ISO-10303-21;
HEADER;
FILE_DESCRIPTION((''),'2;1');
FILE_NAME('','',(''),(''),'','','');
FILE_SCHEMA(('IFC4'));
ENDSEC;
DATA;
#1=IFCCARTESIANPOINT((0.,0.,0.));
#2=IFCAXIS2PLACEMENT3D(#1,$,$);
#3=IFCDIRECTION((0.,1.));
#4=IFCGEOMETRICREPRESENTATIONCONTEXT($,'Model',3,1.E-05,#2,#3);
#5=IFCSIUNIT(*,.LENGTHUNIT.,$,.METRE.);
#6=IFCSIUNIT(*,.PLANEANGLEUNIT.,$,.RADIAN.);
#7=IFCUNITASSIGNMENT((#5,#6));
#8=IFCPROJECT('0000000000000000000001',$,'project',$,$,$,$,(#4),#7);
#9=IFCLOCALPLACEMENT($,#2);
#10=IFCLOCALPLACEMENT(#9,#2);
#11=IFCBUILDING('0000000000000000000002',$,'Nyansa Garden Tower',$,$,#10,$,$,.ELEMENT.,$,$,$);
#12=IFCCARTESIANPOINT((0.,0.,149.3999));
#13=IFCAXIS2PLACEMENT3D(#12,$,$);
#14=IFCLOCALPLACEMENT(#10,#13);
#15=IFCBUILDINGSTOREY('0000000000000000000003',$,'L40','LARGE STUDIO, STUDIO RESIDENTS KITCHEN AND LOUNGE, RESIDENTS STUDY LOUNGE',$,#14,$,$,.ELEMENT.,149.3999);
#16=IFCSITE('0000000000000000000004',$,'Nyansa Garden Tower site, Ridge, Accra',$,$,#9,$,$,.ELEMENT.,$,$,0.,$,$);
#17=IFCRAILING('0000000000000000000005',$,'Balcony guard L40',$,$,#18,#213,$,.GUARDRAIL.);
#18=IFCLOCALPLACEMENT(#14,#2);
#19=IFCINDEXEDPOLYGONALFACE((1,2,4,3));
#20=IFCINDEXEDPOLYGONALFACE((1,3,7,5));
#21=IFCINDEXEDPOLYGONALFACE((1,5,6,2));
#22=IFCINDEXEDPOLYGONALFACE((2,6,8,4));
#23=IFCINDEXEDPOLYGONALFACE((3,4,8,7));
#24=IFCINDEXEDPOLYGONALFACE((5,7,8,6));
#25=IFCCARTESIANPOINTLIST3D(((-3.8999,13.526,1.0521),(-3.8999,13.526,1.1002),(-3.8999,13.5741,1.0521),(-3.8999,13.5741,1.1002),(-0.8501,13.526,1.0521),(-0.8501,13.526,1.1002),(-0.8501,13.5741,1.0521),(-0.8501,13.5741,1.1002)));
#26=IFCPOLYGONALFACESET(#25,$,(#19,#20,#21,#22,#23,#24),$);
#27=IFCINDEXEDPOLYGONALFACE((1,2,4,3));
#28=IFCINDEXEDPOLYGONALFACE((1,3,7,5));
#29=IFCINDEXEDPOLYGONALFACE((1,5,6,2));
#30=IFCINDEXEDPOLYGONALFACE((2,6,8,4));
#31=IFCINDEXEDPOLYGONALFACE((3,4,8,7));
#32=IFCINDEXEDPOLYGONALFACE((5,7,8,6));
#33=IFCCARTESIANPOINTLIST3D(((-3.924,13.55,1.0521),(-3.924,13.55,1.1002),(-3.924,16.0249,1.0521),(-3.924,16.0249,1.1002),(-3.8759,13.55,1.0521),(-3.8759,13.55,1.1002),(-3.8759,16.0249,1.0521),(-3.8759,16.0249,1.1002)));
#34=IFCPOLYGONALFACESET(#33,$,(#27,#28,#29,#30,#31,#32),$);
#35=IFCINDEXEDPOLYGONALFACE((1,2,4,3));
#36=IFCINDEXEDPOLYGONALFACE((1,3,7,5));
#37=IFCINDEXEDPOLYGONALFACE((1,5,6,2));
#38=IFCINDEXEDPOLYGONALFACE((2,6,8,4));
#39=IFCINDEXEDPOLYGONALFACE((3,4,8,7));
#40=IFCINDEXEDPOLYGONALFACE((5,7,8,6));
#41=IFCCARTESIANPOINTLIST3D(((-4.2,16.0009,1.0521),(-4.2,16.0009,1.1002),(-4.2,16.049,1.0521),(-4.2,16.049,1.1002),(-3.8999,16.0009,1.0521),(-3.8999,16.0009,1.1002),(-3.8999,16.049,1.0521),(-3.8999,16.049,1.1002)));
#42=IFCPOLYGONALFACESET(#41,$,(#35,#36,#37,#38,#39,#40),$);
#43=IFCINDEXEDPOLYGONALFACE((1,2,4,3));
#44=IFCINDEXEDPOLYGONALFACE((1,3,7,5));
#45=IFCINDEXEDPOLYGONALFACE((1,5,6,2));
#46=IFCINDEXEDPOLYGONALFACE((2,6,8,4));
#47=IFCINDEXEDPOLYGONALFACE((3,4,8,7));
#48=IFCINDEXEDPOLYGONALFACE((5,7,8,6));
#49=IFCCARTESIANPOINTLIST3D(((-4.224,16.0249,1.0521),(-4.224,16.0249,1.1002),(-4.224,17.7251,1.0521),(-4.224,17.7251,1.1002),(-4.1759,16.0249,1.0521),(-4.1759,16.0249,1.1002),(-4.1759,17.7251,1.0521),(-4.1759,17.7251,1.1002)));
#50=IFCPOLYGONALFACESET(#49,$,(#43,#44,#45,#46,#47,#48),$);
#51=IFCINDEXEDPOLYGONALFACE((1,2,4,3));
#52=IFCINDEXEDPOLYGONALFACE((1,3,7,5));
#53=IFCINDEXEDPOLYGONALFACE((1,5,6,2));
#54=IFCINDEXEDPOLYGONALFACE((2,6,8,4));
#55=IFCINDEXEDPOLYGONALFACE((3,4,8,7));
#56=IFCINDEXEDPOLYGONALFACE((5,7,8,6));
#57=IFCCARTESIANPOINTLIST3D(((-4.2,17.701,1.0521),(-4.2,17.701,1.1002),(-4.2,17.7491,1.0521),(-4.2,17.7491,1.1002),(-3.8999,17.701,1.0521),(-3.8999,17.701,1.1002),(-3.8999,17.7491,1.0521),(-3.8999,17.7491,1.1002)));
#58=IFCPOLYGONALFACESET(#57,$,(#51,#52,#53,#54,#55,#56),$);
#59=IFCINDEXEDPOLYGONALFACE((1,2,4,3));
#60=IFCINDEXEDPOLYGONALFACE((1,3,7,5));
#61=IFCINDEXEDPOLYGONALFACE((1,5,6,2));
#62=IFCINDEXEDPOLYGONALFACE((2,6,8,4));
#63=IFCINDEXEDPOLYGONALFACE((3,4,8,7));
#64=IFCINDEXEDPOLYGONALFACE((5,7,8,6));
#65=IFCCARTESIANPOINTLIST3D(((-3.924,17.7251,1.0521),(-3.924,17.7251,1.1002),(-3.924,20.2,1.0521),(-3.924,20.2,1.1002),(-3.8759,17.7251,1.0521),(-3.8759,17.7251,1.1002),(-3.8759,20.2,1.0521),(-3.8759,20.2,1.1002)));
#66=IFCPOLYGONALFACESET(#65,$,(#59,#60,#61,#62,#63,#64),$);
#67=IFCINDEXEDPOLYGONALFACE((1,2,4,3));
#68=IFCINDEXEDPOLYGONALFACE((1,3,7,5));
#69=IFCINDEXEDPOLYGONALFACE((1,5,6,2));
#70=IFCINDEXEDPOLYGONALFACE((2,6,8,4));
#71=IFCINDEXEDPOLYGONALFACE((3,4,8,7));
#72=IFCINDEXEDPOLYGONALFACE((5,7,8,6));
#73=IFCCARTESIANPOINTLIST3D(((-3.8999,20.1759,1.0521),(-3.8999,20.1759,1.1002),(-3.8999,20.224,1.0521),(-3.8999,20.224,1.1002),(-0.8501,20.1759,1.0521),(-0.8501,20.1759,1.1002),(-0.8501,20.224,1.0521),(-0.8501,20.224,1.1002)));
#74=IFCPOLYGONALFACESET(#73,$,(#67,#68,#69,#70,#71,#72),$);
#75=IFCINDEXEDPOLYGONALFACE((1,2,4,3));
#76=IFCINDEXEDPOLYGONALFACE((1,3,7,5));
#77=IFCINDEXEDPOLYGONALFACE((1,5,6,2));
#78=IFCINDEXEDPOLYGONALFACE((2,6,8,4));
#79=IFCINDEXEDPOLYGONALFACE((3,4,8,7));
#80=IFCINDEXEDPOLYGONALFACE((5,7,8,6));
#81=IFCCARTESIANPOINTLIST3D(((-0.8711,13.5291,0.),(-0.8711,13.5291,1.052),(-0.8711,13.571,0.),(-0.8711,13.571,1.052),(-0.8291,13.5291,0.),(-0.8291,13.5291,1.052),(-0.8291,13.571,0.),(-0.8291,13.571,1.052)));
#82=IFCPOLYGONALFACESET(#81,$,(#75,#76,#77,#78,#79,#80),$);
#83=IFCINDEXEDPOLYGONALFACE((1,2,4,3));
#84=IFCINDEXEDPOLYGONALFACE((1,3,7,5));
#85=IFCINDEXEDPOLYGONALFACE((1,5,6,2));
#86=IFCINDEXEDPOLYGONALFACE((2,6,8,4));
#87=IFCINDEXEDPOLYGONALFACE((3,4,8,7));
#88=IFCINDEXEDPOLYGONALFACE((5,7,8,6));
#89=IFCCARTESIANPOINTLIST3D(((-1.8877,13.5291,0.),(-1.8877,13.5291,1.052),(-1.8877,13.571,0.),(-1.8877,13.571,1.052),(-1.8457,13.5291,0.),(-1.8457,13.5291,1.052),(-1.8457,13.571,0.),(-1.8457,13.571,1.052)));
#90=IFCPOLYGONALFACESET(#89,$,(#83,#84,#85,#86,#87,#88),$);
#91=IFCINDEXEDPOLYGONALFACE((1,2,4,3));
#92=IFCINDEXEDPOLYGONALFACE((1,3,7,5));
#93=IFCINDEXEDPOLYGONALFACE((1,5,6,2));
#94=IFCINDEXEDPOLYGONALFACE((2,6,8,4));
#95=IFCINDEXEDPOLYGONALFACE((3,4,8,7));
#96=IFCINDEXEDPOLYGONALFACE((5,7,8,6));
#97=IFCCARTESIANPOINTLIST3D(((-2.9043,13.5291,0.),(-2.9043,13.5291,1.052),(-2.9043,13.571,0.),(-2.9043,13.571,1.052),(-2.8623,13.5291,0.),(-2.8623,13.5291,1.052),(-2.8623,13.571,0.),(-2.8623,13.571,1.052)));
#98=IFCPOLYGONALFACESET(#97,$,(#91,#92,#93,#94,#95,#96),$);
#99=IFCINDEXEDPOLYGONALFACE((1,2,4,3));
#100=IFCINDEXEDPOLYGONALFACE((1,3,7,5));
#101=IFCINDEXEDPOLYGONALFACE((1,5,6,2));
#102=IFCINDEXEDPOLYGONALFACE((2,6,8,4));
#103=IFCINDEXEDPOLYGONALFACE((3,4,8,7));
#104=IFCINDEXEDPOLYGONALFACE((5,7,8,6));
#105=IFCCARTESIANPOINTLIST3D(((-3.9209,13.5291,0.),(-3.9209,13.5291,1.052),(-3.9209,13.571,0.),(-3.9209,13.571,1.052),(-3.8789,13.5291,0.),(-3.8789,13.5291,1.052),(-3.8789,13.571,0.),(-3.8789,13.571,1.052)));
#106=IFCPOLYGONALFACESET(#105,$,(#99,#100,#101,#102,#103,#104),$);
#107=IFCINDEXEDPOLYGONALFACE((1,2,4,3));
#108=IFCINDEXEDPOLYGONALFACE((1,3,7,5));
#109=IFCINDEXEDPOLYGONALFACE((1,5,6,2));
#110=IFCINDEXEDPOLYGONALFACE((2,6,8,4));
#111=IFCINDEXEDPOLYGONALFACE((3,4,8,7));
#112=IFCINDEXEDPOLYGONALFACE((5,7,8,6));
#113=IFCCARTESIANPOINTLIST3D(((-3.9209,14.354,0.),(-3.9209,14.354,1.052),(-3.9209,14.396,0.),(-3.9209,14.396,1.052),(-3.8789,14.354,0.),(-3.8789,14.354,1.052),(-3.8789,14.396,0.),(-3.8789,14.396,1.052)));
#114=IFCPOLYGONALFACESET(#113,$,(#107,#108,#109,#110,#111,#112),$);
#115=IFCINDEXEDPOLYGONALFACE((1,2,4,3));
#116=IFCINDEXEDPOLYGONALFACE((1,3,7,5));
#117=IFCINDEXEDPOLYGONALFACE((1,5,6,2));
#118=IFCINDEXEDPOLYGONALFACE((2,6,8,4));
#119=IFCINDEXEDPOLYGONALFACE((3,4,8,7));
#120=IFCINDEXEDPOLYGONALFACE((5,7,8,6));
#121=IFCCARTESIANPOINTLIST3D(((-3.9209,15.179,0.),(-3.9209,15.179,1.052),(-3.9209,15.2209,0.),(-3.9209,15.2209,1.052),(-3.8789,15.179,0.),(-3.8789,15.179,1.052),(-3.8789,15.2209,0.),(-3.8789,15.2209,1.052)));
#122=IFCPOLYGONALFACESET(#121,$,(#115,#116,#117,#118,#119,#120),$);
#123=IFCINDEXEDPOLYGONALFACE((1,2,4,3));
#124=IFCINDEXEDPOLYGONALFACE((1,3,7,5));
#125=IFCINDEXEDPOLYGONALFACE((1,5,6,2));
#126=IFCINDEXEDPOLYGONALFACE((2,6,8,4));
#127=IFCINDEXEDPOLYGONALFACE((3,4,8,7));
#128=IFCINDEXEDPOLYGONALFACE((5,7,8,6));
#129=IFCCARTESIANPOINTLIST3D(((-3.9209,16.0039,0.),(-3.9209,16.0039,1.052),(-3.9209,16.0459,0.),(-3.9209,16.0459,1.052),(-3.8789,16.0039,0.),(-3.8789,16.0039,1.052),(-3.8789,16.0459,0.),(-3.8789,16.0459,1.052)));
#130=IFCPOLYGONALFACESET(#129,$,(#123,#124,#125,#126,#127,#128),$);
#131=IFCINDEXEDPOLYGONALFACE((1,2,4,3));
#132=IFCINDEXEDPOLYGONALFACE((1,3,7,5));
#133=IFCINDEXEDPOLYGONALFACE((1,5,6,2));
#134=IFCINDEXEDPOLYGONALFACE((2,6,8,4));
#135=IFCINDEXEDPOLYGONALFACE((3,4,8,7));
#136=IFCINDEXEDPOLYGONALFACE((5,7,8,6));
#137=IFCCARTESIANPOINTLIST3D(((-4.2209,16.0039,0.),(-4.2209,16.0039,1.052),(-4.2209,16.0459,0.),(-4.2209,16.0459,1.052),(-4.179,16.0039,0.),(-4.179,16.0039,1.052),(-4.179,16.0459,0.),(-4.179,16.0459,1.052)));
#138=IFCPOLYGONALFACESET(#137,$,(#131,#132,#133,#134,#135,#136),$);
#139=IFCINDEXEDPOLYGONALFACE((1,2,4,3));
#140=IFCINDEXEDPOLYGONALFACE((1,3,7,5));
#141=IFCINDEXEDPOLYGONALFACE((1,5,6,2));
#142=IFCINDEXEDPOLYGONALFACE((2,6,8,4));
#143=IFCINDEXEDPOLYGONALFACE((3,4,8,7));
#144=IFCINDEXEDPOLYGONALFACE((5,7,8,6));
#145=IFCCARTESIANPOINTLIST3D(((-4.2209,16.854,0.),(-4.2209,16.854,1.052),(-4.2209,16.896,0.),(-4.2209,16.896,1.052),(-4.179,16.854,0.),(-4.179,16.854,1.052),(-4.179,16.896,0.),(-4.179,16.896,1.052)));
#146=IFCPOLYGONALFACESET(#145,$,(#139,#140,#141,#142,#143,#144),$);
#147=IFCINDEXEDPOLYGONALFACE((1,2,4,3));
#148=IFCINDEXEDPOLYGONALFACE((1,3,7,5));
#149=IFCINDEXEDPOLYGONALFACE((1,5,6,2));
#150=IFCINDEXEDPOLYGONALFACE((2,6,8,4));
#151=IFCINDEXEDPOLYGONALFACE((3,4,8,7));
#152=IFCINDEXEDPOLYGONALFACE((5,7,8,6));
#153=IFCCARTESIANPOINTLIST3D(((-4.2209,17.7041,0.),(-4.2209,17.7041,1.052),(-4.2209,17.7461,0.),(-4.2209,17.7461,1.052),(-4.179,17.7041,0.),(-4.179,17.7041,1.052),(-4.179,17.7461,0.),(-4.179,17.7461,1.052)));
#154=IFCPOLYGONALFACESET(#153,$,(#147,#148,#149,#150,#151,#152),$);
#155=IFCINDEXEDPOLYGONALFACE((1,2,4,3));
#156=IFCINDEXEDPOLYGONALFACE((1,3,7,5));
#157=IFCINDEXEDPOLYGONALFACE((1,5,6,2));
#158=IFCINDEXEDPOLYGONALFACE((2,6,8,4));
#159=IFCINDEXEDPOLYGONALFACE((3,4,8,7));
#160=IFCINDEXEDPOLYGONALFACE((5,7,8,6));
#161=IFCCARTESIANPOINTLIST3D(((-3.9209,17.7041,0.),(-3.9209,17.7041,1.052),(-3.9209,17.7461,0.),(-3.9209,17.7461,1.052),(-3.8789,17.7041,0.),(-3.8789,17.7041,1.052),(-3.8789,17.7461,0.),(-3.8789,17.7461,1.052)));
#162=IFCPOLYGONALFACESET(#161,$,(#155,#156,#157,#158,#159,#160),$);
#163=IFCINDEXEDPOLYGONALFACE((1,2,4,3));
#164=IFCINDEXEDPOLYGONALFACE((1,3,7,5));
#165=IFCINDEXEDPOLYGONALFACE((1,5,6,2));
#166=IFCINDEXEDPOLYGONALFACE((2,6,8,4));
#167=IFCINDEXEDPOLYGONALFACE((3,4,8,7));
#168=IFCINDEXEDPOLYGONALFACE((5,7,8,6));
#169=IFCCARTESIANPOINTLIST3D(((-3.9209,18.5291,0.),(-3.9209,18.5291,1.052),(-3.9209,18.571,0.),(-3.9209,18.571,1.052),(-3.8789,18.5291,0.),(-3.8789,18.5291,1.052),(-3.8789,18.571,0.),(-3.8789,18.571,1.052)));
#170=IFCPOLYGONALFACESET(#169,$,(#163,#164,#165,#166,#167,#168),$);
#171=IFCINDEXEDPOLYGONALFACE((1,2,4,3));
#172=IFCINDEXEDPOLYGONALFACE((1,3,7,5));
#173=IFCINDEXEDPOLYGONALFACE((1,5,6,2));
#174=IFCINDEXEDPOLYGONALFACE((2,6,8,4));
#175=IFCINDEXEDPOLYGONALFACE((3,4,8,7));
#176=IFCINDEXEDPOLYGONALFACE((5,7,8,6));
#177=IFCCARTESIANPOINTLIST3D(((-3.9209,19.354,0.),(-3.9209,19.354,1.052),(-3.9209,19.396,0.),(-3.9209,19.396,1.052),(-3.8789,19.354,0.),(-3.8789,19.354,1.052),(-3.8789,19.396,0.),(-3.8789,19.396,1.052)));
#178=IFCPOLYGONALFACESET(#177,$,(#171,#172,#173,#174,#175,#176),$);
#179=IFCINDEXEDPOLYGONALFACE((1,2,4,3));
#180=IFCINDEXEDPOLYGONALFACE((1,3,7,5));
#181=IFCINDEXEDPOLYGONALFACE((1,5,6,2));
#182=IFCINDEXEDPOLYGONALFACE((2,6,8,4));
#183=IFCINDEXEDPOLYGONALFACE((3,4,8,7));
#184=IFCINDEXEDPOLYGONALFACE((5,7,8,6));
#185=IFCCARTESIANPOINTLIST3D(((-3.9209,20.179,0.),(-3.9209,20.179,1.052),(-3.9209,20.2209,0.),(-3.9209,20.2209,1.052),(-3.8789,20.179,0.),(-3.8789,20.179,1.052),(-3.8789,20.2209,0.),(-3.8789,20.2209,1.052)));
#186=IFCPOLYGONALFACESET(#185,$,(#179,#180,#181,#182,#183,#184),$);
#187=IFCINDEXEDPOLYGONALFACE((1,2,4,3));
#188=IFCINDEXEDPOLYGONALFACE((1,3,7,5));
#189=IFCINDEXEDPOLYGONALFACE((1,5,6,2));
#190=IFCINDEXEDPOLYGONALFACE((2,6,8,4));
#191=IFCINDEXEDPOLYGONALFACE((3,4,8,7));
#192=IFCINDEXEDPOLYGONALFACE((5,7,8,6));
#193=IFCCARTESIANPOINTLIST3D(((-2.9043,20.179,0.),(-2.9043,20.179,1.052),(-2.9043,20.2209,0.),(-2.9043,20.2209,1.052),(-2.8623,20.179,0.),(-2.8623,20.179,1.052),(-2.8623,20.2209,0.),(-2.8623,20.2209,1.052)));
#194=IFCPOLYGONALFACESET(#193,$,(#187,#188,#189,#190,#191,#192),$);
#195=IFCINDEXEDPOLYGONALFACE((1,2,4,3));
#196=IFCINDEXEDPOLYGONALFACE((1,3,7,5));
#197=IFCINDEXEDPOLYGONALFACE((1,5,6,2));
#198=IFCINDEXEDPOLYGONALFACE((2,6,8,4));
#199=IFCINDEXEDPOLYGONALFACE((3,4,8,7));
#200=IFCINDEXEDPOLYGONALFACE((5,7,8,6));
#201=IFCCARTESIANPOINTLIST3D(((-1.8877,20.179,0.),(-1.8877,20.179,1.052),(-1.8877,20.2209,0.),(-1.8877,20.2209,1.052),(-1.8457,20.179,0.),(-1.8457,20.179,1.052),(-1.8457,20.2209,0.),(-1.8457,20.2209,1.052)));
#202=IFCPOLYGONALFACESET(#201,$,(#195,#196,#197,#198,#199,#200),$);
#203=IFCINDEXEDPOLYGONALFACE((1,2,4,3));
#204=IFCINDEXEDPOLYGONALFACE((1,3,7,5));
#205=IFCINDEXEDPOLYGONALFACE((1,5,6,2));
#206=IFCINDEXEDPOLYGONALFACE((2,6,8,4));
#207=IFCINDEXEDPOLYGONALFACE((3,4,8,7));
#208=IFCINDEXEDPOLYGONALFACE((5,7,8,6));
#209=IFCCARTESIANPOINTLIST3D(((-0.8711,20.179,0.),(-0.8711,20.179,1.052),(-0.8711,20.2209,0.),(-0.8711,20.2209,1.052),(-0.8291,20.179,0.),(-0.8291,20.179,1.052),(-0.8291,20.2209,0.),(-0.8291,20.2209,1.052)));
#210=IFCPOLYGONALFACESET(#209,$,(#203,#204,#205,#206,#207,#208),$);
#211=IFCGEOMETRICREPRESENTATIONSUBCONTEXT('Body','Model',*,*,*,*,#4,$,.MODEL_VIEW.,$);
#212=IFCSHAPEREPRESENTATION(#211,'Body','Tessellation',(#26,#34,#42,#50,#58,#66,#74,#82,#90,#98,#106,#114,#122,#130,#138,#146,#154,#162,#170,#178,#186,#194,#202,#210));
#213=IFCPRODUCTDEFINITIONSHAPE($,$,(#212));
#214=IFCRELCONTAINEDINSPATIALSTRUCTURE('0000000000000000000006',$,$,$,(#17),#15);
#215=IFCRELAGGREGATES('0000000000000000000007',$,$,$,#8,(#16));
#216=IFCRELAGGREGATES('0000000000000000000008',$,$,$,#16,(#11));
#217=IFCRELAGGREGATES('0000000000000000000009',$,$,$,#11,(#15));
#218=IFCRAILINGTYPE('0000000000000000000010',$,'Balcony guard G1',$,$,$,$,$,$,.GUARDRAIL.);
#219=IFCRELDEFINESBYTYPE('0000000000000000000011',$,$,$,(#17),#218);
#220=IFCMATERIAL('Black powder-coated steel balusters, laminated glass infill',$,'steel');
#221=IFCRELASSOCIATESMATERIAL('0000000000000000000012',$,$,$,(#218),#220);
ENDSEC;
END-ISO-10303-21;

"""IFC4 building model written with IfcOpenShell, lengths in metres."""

from ifc_helpers import new_model, si_unit, direction, frame, origin, origin_2d, place, context, subcontext, project, spatial, rectangle, extrude, material, type_object, element, save


model = new_model("IFC4")

# Units and contexts
model_context = context("Model", 3, precision=1e-05, world=origin(), true_north=direction((0.0, 1.0)))
body_context = subcontext(model_context, "Body", "Model", "MODEL_VIEW")
ifc_project = project(units=[si_unit("LENGTHUNIT", "METRE"), si_unit("PLANEANGLEUNIT", "RADIAN")], contexts=[model_context])

# Site, building, storey
site_placement = place(None, origin())
site = spatial("IfcSite", under=ifc_project, at=site_placement, Name="Nyansa Garden Tower site, Ridge, Accra", CompositionType="ELEMENT", RefElevation=0.0)
building_placement = place(site_placement, origin())
building = spatial("IfcBuilding", under=site, at=building_placement, Name="Nyansa Garden Tower", CompositionType="ELEMENT")
storey_placement = place(building_placement, frame((0.0, 0.0, 149.3999)))
storey = spatial("IfcBuildingStorey", under=building, at=storey_placement, Name="L40", Description="LARGE STUDIO, STUDIO RESIDENTS KITCHEN AND LOUNGE, RESIDENTS STUDY LOUNGE", CompositionType="ELEMENT", Elevation=149.3999)

# Railing
ifc_material_1 = material(Name="Black powder-coated steel balusters, laminated glass infill", Category="steel")
railing_type = type_object("IfcRailingType", Name="Balcony guard G1", PredefinedType="GUARDRAIL", material=ifc_material_1)
railing_placement = place(storey_placement, frame((-0.8501, 13.55, 0.0)))
element("IfcRailing", 1, at=railing_placement, inside=storey, type_object=railing_type, Name="Balcony guard L40", PredefinedType="GUARDRAIL", context=body_context, shape_type="SweptSolid", body=[
    extrude(rectangle(XDim=0.0481, YDim=0.0481, at=origin_2d()), frame((0.0, 0.0, 1.0762), z_axis=(-1.0, 0.0, 0.0), x_axis=(0.0, -1.0, 0.0)), (0.0, 0.0, 1.0), 3.0498),
    extrude(rectangle(XDim=0.0481, YDim=0.0481, at=origin_2d()), frame((-3.0498, 0.0, 1.0762), z_axis=(0.0, 1.0, 0.0), x_axis=(-1.0, 0.0, 0.0)), (0.0, 0.0, 1.0), 2.4749),
    extrude(rectangle(XDim=0.0481, YDim=0.0481, at=origin_2d()), frame((-3.0498, 2.4749, 1.0762), z_axis=(-1.0, 0.0, 0.0), x_axis=(0.0, -1.0, 0.0)), (0.0, 0.0, 1.0), 0.3),
    extrude(rectangle(XDim=0.0481, YDim=0.0481, at=origin_2d()), frame((-3.3499, 2.4749, 1.0762), z_axis=(0.0, 1.0, 0.0), x_axis=(-1.0, 0.0, 0.0)), (0.0, 0.0, 1.0), 1.7002),
    extrude(rectangle(XDim=0.0481, YDim=0.0481, at=origin_2d()), frame((-3.3499, 4.175, 1.0762), z_axis=(1.0, 0.0, 0.0), x_axis=(0.0, 1.0, 0.0)), (0.0, 0.0, 1.0), 0.3),
    extrude(rectangle(XDim=0.0481, YDim=0.0481, at=origin_2d()), frame((-3.0498, 4.175, 1.0762), z_axis=(0.0, 1.0, 0.0), x_axis=(-1.0, 0.0, 0.0)), (0.0, 0.0, 1.0), 2.4749),
    extrude(rectangle(XDim=0.0481, YDim=0.0481, at=origin_2d()), frame((-3.0498, 6.6499, 1.0762), z_axis=(1.0, 0.0, 0.0), x_axis=(0.0, 1.0, 0.0)), (0.0, 0.0, 1.0), 3.0498),
    extrude(rectangle(XDim=0.042, YDim=0.042, at=origin_2d()), origin(), (0.0, 0.0, 1.0), 1.052),
    extrude(rectangle(XDim=0.042, YDim=0.042, at=origin_2d()), frame((-1.0166, 0.0, 0.0)), (0.0, 0.0, 1.0), 1.052),
    extrude(rectangle(XDim=0.042, YDim=0.042, at=origin_2d()), frame((-2.0332, 0.0, 0.0)), (0.0, 0.0, 1.0), 1.052),
    extrude(rectangle(XDim=0.042, YDim=0.042, at=origin_2d()), frame((-3.0498, 0.0, 0.0)), (0.0, 0.0, 1.0), 1.052),
    extrude(rectangle(XDim=0.042, YDim=0.042, at=origin_2d()), frame((-3.0498, 0.825, 0.0)), (0.0, 0.0, 1.0), 1.052),
    extrude(rectangle(XDim=0.042, YDim=0.042, at=origin_2d()), frame((-3.0498, 1.6499, 0.0)), (0.0, 0.0, 1.0), 1.052),
    extrude(rectangle(XDim=0.042, YDim=0.042, at=origin_2d()), frame((-3.0498, 2.4749, 0.0)), (0.0, 0.0, 1.0), 1.052),
    extrude(rectangle(XDim=0.042, YDim=0.042, at=origin_2d()), frame((-3.3499, 2.4749, 0.0)), (0.0, 0.0, 1.0), 1.052),
    extrude(rectangle(XDim=0.042, YDim=0.042, at=origin_2d()), frame((-3.3499, 3.325, 0.0)), (0.0, 0.0, 1.0), 1.052),
    extrude(rectangle(XDim=0.042, YDim=0.042, at=origin_2d()), frame((-3.3499, 4.175, 0.0)), (0.0, 0.0, 1.0), 1.052),
    extrude(rectangle(XDim=0.042, YDim=0.042, at=origin_2d()), frame((-3.0498, 4.175, 0.0)), (0.0, 0.0, 1.0), 1.052),
    extrude(rectangle(XDim=0.042, YDim=0.042, at=origin_2d()), frame((-3.0498, 5.0, 0.0)), (0.0, 0.0, 1.0), 1.052),
    extrude(rectangle(XDim=0.042, YDim=0.042, at=origin_2d()), frame((-3.0498, 5.825, 0.0)), (0.0, 0.0, 1.0), 1.052),
    extrude(rectangle(XDim=0.042, YDim=0.042, at=origin_2d()), frame((-3.0498, 6.6499, 0.0)), (0.0, 0.0, 1.0), 1.052),
    extrude(rectangle(XDim=0.042, YDim=0.042, at=origin_2d()), frame((-2.0332, 6.6499, 0.0)), (0.0, 0.0, 1.0), 1.052),
    extrude(rectangle(XDim=0.042, YDim=0.042, at=origin_2d()), frame((-1.0166, 6.6499, 0.0)), (0.0, 0.0, 1.0), 1.052),
    extrude(rectangle(XDim=0.042, YDim=0.042, at=origin_2d()), frame((0.0, 6.6499, 0.0)), (0.0, 0.0, 1.0), 1.052),
])

save(model, "model.ifc")
